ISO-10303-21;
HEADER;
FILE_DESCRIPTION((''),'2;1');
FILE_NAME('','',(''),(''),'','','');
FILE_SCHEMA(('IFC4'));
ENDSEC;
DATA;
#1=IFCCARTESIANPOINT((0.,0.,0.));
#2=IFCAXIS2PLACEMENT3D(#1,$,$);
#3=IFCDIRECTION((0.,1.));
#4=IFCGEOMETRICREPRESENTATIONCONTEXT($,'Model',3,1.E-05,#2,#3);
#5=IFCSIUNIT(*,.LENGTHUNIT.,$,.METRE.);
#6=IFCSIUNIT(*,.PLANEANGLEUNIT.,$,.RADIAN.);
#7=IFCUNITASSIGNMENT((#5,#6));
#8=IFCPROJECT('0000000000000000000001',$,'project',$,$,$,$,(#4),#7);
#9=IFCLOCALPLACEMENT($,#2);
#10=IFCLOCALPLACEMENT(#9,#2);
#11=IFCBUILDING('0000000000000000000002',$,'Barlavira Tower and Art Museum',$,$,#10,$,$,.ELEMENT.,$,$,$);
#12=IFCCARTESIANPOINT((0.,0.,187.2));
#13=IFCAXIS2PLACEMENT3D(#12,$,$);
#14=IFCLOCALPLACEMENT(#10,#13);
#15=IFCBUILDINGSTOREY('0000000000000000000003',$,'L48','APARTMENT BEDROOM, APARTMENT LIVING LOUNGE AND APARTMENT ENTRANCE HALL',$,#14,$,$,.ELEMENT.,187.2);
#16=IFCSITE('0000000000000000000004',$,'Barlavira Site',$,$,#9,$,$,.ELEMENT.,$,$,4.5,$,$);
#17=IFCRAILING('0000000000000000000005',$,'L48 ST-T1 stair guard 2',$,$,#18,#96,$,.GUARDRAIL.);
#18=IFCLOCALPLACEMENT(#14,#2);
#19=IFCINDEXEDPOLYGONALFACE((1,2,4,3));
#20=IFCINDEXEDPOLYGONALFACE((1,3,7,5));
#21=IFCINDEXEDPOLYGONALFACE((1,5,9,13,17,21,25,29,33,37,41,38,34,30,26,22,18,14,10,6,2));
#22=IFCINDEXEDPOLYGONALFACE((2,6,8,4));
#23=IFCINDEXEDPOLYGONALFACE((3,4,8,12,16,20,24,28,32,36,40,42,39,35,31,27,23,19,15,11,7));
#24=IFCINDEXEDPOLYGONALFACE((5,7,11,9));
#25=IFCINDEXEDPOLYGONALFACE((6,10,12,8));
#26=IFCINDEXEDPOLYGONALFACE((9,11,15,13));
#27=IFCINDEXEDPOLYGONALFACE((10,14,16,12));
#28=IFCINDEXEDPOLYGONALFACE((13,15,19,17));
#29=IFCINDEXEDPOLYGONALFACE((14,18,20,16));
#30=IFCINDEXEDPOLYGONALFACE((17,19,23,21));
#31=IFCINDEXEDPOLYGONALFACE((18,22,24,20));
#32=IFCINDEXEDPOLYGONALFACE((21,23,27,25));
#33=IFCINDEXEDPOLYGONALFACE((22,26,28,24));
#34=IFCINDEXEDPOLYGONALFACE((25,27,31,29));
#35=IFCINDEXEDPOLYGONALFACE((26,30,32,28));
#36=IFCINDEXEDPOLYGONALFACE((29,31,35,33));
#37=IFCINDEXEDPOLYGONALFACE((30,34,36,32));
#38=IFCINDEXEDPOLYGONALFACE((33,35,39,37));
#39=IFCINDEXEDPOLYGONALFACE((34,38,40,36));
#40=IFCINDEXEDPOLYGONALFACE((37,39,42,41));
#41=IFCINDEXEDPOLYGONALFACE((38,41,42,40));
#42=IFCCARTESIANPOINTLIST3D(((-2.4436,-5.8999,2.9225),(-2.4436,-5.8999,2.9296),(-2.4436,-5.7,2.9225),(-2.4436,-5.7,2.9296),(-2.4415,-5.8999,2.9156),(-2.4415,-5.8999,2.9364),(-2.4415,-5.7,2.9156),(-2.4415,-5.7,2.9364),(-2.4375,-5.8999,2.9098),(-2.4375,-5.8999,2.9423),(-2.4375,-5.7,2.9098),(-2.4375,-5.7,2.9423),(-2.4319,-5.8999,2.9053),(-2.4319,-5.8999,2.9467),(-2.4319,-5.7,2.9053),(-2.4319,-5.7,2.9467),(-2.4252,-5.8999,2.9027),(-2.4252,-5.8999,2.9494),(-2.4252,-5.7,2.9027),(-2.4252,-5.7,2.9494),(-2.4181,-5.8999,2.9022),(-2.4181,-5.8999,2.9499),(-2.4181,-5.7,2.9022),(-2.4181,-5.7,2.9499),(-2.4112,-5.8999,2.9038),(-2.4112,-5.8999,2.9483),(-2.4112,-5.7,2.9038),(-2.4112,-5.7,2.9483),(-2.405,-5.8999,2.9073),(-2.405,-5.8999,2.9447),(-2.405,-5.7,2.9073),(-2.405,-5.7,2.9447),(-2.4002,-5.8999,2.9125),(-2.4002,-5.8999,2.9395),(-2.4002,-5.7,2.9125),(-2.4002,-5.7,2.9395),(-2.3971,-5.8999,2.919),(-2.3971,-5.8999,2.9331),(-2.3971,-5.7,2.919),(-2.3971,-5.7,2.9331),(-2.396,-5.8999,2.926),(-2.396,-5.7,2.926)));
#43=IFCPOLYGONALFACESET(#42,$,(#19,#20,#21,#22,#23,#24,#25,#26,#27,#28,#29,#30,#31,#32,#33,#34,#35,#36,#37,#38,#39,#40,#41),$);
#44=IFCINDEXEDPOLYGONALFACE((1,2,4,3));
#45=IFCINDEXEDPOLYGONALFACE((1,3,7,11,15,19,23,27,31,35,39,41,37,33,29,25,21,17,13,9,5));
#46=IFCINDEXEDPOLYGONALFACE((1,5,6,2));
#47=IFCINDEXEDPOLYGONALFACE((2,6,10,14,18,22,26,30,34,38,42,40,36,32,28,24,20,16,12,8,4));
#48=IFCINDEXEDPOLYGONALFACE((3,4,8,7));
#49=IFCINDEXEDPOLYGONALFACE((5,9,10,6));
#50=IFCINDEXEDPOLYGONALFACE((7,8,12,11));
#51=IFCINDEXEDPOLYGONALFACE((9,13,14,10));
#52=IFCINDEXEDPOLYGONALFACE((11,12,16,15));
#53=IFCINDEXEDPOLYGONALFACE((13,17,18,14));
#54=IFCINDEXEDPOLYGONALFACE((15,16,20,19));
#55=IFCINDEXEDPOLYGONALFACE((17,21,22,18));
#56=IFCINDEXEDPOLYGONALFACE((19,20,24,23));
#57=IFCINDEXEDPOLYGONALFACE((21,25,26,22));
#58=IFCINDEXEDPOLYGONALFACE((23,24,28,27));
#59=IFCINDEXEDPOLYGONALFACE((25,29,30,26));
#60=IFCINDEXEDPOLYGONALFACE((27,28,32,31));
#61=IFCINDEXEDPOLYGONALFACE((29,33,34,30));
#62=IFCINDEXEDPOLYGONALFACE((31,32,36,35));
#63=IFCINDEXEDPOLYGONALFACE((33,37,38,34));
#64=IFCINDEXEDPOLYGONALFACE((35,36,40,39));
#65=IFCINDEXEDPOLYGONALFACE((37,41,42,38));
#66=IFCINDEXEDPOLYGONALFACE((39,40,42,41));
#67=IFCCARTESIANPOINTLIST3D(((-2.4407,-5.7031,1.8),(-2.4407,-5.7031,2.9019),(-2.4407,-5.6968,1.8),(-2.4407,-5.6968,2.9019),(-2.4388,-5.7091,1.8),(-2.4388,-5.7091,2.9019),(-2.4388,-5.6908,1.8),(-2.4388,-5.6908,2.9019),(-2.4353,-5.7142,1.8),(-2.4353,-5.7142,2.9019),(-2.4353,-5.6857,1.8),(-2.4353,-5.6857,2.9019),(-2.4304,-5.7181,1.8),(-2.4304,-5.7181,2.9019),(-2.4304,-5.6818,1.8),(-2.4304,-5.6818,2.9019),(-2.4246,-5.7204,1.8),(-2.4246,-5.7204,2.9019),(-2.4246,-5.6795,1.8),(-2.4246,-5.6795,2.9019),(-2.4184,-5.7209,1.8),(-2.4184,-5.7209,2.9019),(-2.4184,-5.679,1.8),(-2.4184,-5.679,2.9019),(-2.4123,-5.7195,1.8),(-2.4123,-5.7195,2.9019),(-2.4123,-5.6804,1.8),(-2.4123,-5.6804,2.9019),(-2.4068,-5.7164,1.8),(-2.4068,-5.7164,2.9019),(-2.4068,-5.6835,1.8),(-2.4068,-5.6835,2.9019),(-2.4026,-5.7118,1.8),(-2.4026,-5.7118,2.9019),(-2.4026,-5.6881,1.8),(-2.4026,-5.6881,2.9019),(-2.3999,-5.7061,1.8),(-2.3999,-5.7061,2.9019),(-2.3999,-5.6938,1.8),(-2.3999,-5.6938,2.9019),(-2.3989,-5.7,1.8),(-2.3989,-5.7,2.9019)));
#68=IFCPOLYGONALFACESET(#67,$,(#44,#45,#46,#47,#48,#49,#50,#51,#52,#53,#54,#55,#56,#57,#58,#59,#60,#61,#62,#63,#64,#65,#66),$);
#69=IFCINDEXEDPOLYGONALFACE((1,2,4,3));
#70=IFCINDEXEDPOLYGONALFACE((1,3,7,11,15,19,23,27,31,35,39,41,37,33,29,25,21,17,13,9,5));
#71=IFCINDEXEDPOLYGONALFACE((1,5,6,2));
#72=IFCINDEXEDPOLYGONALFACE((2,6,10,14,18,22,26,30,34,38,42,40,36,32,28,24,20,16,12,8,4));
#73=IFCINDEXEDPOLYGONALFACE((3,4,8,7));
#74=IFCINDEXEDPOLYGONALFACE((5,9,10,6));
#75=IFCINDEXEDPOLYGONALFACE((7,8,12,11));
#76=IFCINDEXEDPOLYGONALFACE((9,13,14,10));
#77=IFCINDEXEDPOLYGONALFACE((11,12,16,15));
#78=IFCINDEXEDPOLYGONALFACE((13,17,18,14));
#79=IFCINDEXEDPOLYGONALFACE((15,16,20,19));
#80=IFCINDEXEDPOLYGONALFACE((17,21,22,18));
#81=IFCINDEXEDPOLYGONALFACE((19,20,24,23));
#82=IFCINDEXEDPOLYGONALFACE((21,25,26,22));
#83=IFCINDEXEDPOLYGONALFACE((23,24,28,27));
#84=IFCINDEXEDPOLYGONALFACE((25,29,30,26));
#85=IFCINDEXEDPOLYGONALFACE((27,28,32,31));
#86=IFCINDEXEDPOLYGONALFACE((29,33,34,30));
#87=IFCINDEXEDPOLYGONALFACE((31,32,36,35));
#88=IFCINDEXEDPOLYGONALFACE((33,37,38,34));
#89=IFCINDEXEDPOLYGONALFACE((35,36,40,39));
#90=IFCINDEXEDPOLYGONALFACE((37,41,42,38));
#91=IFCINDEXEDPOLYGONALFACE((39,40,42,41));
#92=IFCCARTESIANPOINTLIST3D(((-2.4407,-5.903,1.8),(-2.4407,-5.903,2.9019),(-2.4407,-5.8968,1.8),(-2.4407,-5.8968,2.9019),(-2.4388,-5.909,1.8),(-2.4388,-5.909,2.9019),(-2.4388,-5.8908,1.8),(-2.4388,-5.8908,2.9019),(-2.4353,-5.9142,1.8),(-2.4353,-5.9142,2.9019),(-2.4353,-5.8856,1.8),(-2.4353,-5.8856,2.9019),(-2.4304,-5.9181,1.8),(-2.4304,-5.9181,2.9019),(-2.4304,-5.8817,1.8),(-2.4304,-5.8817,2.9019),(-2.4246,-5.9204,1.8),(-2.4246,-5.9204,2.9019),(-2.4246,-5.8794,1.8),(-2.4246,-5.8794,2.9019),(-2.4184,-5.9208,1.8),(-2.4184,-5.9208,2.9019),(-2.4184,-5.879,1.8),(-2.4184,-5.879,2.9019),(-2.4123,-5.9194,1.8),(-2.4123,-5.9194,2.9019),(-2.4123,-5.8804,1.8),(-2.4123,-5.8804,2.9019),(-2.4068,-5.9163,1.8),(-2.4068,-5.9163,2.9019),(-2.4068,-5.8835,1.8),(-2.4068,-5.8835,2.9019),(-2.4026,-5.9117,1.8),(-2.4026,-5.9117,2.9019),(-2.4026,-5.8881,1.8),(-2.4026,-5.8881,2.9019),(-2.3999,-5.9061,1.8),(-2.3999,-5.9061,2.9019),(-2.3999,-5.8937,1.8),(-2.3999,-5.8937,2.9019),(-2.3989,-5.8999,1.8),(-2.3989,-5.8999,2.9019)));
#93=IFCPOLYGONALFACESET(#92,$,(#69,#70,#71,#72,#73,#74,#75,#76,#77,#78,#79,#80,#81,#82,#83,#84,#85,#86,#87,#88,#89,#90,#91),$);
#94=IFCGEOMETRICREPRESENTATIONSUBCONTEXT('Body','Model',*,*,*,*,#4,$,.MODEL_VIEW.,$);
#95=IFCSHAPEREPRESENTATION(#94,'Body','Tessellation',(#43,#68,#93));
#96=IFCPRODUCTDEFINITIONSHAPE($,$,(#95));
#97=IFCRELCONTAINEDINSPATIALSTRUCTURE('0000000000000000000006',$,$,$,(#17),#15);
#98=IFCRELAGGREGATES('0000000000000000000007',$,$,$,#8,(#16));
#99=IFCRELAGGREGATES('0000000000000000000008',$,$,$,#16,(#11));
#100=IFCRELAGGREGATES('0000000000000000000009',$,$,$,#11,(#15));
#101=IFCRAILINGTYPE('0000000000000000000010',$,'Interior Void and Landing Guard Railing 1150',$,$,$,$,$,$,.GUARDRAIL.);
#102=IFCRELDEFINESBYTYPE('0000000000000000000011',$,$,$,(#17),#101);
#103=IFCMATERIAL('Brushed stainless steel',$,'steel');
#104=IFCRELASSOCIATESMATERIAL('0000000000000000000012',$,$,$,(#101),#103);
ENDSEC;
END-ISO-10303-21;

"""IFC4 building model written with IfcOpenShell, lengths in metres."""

from ifc_helpers import new_model, si_unit, direction, frame, origin, origin_2d, place, context, subcontext, project, spatial, circle, extrude, material, type_object, element, save


model = new_model("IFC4")

# Units and contexts
model_context = context("Model", 3, precision=1e-05, world=origin(), true_north=direction((0.0, 1.0)))
body_context = subcontext(model_context, "Body", "Model", "MODEL_VIEW")
ifc_project = project(units=[si_unit("LENGTHUNIT", "METRE"), si_unit("PLANEANGLEUNIT", "RADIAN")], contexts=[model_context])

# Site, building, storey
site_placement = place(None, origin())
site = spatial("IfcSite", under=ifc_project, at=site_placement, Name="Barlavira Site", CompositionType="ELEMENT", RefElevation=4.5)
building_placement = place(site_placement, origin())
building = spatial("IfcBuilding", under=site, at=building_placement, Name="Barlavira Tower and Art Museum", CompositionType="ELEMENT")
storey_placement = place(building_placement, frame((0.0, 0.0, 187.2)))
storey = spatial("IfcBuildingStorey", under=building, at=storey_placement, Name="L48", Description="APARTMENT BEDROOM, APARTMENT LIVING LOUNGE AND APARTMENT ENTRANCE HALL", CompositionType="ELEMENT", Elevation=187.2)

# Shared definitions
ifc_material_1 = material(Name="Brushed stainless steel", Category="steel")

# Railing
railing_type_1 = type_object("IfcRailingType", Name="Interior Void and Landing Guard Railing 1150", PredefinedType="GUARDRAIL", material=ifc_material_1)
railing_1_placement = place(storey_placement, frame((-2.4199, -5.7, 1.8)))
element("IfcRailing", 1, at=railing_1_placement, inside=storey, type_object=railing_type_1, Name="L48 ST-T1 stair guard 2", PredefinedType="GUARDRAIL", context=body_context, shape_type="SweptSolid", body=[
    extrude(circle(Radius=0.0239, at=origin_2d()), frame((0.0, 0.0, 1.126), z_axis=(0.0, -1.0, 0.0), x_axis=(1.0, 0.0, 0.0)), (0.0, 0.0, 1.0), 0.2),
    extrude(circle(Radius=0.021, at=origin_2d()), origin(), (0.0, 0.0, 1.0), 1.1018),
    extrude(circle(Radius=0.021, at=origin_2d()), frame((0.0, -0.2, 0.0)), (0.0, 0.0, 1.0), 1.1018),
])

save(model, "model.ifc")
